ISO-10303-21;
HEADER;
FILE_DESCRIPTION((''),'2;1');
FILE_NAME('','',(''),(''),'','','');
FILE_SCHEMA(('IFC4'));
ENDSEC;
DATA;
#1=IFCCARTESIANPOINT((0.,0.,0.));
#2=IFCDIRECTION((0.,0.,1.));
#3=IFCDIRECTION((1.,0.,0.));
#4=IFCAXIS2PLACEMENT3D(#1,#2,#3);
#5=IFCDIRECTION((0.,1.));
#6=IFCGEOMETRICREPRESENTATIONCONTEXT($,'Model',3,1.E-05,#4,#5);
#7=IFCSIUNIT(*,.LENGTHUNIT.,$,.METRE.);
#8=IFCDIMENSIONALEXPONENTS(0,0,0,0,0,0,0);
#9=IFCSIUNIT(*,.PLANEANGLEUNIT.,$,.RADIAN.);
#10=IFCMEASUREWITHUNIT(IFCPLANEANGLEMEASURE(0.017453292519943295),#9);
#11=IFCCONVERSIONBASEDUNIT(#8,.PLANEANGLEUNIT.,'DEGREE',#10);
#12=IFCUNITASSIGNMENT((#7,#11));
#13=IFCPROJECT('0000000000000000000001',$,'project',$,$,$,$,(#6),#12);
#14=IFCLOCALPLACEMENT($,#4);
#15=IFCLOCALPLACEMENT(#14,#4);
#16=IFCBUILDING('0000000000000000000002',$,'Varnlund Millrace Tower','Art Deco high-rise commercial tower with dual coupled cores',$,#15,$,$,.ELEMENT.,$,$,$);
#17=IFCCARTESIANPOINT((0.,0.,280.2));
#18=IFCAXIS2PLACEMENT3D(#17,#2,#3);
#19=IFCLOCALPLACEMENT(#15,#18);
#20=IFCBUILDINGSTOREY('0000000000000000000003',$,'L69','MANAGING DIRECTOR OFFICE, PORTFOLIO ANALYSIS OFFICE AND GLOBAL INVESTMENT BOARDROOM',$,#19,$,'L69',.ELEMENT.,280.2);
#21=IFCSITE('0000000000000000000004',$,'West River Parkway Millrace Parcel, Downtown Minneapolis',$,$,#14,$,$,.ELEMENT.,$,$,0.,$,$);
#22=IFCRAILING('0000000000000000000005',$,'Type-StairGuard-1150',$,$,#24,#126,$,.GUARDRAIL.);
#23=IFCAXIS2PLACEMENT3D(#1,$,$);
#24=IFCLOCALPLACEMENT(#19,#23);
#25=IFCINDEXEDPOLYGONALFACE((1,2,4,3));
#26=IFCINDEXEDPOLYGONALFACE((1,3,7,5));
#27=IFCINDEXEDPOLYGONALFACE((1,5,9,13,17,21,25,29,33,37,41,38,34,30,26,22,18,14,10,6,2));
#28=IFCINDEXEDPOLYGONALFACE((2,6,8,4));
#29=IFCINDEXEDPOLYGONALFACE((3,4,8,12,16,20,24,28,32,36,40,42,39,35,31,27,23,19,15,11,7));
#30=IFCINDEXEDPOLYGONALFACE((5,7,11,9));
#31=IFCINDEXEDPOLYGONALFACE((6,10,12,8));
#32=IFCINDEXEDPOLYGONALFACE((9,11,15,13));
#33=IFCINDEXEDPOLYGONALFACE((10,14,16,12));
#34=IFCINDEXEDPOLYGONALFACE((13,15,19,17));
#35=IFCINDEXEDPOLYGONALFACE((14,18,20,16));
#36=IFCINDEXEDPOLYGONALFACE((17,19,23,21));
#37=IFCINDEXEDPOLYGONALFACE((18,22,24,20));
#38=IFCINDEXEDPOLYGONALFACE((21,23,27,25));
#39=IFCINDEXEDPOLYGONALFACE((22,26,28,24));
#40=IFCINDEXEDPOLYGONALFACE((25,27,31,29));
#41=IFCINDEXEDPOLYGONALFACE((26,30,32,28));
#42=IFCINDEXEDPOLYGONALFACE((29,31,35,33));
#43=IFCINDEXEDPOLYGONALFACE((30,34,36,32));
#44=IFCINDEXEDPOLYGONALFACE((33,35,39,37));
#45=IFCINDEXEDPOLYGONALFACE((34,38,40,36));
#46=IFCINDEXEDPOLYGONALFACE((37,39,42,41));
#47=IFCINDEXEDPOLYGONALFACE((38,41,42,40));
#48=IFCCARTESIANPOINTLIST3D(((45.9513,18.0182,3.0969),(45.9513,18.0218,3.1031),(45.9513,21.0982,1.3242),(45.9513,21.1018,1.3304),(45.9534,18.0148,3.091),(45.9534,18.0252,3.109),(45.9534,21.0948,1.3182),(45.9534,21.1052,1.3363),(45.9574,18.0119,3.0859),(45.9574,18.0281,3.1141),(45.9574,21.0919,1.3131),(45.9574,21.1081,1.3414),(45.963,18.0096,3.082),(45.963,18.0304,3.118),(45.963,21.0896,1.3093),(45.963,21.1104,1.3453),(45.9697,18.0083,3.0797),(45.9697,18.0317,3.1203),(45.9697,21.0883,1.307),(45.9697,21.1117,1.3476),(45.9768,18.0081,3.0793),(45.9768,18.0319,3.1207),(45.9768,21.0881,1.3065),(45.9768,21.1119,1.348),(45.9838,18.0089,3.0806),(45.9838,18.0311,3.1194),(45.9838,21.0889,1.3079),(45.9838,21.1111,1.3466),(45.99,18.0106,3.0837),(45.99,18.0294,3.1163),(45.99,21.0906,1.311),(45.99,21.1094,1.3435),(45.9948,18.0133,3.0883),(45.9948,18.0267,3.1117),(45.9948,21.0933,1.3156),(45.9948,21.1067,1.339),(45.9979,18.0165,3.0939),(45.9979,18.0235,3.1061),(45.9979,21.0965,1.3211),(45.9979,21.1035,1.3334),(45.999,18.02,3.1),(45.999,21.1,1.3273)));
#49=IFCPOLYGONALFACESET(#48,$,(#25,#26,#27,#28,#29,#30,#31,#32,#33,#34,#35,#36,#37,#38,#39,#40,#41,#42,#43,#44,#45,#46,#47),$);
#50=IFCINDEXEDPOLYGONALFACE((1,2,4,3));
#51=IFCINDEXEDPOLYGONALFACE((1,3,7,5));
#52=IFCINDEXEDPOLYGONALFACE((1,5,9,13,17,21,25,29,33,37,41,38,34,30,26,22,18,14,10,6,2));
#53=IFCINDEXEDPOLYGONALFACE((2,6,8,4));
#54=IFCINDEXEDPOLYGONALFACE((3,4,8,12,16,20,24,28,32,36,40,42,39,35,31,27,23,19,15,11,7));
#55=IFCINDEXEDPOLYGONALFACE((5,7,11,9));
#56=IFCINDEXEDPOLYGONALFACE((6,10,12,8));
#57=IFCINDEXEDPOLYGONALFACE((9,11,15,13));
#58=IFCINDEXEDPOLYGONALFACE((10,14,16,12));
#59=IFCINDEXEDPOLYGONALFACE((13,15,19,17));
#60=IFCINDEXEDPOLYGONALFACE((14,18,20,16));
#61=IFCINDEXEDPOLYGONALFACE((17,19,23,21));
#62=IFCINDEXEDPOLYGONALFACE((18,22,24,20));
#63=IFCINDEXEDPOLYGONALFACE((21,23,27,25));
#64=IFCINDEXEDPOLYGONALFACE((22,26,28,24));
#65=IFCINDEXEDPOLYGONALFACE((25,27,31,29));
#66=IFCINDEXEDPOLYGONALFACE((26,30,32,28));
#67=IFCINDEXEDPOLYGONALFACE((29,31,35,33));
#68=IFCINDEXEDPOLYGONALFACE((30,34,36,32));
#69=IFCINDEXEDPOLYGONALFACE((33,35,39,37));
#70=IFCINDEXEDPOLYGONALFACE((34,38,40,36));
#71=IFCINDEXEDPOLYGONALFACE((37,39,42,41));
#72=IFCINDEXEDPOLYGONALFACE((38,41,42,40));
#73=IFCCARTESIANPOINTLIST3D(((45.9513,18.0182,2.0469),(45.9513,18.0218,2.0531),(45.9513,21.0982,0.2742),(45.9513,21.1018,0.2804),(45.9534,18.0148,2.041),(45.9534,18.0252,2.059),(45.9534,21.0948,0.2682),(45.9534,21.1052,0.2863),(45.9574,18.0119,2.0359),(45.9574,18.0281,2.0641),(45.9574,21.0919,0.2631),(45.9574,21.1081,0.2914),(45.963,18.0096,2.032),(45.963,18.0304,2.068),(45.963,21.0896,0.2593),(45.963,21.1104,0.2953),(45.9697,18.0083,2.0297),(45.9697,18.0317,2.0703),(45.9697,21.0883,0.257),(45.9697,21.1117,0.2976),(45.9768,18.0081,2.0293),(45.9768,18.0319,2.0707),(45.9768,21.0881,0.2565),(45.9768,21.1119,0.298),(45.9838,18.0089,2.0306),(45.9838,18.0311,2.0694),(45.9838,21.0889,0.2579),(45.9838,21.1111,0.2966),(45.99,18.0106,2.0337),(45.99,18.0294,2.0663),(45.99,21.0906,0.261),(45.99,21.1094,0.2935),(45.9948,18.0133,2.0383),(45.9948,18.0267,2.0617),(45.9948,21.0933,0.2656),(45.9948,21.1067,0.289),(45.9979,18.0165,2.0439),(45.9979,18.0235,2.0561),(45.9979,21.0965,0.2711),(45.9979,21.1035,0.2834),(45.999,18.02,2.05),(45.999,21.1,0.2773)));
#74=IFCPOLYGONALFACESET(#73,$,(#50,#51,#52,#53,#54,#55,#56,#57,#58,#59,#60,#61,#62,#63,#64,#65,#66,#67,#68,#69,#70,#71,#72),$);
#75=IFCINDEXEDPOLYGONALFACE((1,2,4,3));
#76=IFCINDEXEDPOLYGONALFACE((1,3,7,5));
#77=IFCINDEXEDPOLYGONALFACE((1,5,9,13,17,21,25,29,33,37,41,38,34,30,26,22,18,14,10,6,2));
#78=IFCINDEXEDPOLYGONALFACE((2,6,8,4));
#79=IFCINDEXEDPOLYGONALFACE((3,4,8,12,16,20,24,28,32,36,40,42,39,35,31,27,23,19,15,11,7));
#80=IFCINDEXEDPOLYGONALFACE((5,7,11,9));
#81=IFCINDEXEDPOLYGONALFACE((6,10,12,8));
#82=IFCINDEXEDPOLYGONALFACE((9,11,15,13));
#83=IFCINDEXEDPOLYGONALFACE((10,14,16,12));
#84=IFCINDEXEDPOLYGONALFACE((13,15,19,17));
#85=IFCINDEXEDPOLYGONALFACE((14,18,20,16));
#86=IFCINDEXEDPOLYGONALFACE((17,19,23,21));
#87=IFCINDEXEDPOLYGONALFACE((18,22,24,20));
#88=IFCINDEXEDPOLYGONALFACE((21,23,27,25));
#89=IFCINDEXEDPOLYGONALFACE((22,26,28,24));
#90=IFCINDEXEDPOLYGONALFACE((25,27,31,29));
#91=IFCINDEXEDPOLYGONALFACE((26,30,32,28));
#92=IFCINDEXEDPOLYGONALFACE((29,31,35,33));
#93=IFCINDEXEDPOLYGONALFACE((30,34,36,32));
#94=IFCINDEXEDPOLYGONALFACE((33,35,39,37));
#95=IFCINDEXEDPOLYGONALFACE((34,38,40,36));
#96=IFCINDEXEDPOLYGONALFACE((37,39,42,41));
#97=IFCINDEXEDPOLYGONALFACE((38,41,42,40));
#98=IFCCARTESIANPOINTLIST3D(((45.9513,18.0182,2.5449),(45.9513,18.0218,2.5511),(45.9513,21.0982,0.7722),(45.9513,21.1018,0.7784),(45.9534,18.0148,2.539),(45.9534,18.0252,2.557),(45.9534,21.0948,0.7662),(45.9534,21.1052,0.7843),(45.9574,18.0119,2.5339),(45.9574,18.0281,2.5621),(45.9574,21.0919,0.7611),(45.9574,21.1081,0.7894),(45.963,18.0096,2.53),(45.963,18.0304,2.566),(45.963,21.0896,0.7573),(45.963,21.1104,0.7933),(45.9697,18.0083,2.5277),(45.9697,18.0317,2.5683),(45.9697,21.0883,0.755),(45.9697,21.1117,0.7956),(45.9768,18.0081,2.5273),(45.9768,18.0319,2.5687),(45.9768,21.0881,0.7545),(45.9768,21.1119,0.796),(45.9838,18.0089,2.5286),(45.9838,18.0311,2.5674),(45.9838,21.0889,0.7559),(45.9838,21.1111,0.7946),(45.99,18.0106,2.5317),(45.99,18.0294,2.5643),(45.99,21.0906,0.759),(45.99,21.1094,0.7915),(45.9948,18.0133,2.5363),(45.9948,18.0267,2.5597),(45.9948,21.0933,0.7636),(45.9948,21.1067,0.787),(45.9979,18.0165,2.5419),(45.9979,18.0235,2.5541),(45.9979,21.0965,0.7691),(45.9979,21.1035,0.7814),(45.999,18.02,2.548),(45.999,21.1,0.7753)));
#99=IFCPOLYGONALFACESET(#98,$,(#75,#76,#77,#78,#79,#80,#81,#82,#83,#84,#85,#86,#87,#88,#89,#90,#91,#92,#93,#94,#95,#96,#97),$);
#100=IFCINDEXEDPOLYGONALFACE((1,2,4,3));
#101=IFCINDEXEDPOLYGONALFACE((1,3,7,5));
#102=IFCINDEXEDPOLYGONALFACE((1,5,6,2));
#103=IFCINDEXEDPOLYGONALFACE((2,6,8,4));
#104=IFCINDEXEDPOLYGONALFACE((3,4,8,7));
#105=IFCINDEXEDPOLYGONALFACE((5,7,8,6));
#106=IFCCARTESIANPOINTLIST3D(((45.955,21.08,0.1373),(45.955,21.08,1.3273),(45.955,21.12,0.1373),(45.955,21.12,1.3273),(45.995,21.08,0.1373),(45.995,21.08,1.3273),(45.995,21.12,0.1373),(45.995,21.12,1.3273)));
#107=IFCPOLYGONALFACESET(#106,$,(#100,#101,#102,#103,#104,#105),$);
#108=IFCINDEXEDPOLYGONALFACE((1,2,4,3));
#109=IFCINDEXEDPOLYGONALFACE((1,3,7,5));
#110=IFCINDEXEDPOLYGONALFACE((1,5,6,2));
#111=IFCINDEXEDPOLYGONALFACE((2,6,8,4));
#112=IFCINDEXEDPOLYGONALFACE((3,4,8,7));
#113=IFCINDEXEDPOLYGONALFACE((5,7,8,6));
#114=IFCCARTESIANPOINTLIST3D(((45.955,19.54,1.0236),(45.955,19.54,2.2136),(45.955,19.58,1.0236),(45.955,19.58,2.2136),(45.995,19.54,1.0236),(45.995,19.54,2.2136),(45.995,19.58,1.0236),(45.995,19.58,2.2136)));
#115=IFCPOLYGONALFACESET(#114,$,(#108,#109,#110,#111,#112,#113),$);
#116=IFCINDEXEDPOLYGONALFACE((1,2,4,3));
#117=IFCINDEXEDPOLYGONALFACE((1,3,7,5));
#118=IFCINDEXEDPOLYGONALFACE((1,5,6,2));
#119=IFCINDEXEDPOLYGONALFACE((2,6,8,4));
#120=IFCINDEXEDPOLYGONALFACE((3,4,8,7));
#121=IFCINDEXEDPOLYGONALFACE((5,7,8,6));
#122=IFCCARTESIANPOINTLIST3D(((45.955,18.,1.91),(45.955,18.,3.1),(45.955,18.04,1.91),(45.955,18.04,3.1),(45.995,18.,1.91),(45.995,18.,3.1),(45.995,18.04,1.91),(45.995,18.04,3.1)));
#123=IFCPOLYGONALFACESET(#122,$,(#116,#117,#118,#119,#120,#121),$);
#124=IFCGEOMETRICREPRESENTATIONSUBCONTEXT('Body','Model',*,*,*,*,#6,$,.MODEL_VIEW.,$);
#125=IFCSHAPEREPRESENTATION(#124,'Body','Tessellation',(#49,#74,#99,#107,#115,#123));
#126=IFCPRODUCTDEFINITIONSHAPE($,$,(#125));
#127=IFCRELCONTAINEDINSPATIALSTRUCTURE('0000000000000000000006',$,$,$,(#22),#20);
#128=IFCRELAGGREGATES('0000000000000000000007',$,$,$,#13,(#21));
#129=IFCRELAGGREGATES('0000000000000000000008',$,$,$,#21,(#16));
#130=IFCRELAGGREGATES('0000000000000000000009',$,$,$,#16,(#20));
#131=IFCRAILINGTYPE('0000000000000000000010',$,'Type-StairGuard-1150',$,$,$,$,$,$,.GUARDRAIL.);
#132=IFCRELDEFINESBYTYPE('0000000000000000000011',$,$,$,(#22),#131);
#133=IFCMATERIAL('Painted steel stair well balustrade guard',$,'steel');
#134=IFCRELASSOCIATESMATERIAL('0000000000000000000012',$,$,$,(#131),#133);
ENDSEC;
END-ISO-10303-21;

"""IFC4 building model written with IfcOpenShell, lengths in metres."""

from ifc_helpers import new_model, entity, si_unit, converted_unit, direction, frame, origin_with_axes, origin_2d_with_axis, place, context, subcontext, project, spatial, rectangle, circle, extrude, material, type_object, element, save


model = new_model("IFC4")

# Units and contexts
model_context = context("Model", 3, precision=1e-05, world=origin_with_axes(), true_north=direction((0.0, 1.0)))
body_context = subcontext(model_context, "Body", "Model", "MODEL_VIEW")
ifc_project = project(units=[si_unit("LENGTHUNIT", "METRE"), converted_unit("PLANEANGLEUNIT", "DEGREE", entity("IfcPlaneAngleMeasure", 0.017453292519943295), si_unit("PLANEANGLEUNIT", "RADIAN"), dimensions=[0, 0, 0, 0, 0, 0, 0])], contexts=[model_context])

# Site, building, storey
site_placement = place(None, origin_with_axes())
site = spatial("IfcSite", under=ifc_project, at=site_placement, Name="West River Parkway Millrace Parcel, Downtown Minneapolis", CompositionType="ELEMENT", RefElevation=0.0)
building_placement = place(site_placement, origin_with_axes())
building = spatial("IfcBuilding", under=site, at=building_placement, Name="Varnlund Millrace Tower", Description="Art Deco high-rise commercial tower with dual coupled cores", CompositionType="ELEMENT")
storey_placement = place(building_placement, frame((0.0, 0.0, 280.2), z_axis=(0.0, 0.0, 1.0), x_axis=(1.0, 0.0, 0.0)))
storey = spatial("IfcBuildingStorey", under=building, at=storey_placement, Name="L69", Description="MANAGING DIRECTOR OFFICE, PORTFOLIO ANALYSIS OFFICE AND GLOBAL INVESTMENT BOARDROOM", LongName="L69", CompositionType="ELEMENT", Elevation=280.2)

# Railing
ifc_material_1 = material(Name="Painted steel stair well balustrade guard", Category="steel")
railing_type_1 = type_object("IfcRailingType", Name="Type-StairGuard-1150", PredefinedType="GUARDRAIL", material=ifc_material_1)
railing_1_placement = place(storey_placement, frame((0.0, 0.0, -280.2), z_axis=(0.0, 0.0, 1.0), x_axis=(1.0, 0.0, 0.0)))
element("IfcRailing", 1, at=railing_1_placement, inside=storey, type_object=railing_type_1, Name="Type-StairGuard-1150", PredefinedType="GUARDRAIL", context=body_context, shape_type="SweptSolid", body=[
    extrude(circle(Radius=0.024, at=origin_2d_with_axis()), frame((45.975, 21.1, 281.5273), z_axis=(0.0, -0.866696, 0.498836), x_axis=(1.0, 0.0, 0.0)), (0.0, 0.0, 1.0), 3.5537),
    extrude(circle(Radius=0.024, at=origin_2d_with_axis()), frame((45.975, 21.1, 280.4773), z_axis=(0.0, -0.866696, 0.498836), x_axis=(1.0, 0.0, 0.0)), (0.0, 0.0, 1.0), 3.5537),
    extrude(circle(Radius=0.024, at=origin_2d_with_axis()), frame((45.975, 21.1, 280.9753), z_axis=(0.0, -0.866696, 0.498836), x_axis=(1.0, 0.0, 0.0)), (0.0, 0.0, 1.0), 3.5537),
    extrude(rectangle(XDim=0.04, YDim=0.04, at=origin_2d_with_axis()), frame((45.975, 21.1, 280.3373), z_axis=(0.0, 0.0, 1.0), x_axis=(1.0, 0.0, 0.0)), (0.0, 0.0, 1.0), 1.19),
    extrude(rectangle(XDim=0.04, YDim=0.04, at=origin_2d_with_axis()), frame((45.975, 19.56, 281.2236), z_axis=(0.0, 0.0, 1.0), x_axis=(1.0, 0.0, 0.0)), (0.0, 0.0, 1.0), 1.19),
    extrude(rectangle(XDim=0.04, YDim=0.04, at=origin_2d_with_axis()), frame((45.975, 18.02, 282.11), z_axis=(0.0, 0.0, 1.0), x_axis=(1.0, 0.0, 0.0)), (0.0, 0.0, 1.0), 1.19),
])

save(model, "model.ifc")
